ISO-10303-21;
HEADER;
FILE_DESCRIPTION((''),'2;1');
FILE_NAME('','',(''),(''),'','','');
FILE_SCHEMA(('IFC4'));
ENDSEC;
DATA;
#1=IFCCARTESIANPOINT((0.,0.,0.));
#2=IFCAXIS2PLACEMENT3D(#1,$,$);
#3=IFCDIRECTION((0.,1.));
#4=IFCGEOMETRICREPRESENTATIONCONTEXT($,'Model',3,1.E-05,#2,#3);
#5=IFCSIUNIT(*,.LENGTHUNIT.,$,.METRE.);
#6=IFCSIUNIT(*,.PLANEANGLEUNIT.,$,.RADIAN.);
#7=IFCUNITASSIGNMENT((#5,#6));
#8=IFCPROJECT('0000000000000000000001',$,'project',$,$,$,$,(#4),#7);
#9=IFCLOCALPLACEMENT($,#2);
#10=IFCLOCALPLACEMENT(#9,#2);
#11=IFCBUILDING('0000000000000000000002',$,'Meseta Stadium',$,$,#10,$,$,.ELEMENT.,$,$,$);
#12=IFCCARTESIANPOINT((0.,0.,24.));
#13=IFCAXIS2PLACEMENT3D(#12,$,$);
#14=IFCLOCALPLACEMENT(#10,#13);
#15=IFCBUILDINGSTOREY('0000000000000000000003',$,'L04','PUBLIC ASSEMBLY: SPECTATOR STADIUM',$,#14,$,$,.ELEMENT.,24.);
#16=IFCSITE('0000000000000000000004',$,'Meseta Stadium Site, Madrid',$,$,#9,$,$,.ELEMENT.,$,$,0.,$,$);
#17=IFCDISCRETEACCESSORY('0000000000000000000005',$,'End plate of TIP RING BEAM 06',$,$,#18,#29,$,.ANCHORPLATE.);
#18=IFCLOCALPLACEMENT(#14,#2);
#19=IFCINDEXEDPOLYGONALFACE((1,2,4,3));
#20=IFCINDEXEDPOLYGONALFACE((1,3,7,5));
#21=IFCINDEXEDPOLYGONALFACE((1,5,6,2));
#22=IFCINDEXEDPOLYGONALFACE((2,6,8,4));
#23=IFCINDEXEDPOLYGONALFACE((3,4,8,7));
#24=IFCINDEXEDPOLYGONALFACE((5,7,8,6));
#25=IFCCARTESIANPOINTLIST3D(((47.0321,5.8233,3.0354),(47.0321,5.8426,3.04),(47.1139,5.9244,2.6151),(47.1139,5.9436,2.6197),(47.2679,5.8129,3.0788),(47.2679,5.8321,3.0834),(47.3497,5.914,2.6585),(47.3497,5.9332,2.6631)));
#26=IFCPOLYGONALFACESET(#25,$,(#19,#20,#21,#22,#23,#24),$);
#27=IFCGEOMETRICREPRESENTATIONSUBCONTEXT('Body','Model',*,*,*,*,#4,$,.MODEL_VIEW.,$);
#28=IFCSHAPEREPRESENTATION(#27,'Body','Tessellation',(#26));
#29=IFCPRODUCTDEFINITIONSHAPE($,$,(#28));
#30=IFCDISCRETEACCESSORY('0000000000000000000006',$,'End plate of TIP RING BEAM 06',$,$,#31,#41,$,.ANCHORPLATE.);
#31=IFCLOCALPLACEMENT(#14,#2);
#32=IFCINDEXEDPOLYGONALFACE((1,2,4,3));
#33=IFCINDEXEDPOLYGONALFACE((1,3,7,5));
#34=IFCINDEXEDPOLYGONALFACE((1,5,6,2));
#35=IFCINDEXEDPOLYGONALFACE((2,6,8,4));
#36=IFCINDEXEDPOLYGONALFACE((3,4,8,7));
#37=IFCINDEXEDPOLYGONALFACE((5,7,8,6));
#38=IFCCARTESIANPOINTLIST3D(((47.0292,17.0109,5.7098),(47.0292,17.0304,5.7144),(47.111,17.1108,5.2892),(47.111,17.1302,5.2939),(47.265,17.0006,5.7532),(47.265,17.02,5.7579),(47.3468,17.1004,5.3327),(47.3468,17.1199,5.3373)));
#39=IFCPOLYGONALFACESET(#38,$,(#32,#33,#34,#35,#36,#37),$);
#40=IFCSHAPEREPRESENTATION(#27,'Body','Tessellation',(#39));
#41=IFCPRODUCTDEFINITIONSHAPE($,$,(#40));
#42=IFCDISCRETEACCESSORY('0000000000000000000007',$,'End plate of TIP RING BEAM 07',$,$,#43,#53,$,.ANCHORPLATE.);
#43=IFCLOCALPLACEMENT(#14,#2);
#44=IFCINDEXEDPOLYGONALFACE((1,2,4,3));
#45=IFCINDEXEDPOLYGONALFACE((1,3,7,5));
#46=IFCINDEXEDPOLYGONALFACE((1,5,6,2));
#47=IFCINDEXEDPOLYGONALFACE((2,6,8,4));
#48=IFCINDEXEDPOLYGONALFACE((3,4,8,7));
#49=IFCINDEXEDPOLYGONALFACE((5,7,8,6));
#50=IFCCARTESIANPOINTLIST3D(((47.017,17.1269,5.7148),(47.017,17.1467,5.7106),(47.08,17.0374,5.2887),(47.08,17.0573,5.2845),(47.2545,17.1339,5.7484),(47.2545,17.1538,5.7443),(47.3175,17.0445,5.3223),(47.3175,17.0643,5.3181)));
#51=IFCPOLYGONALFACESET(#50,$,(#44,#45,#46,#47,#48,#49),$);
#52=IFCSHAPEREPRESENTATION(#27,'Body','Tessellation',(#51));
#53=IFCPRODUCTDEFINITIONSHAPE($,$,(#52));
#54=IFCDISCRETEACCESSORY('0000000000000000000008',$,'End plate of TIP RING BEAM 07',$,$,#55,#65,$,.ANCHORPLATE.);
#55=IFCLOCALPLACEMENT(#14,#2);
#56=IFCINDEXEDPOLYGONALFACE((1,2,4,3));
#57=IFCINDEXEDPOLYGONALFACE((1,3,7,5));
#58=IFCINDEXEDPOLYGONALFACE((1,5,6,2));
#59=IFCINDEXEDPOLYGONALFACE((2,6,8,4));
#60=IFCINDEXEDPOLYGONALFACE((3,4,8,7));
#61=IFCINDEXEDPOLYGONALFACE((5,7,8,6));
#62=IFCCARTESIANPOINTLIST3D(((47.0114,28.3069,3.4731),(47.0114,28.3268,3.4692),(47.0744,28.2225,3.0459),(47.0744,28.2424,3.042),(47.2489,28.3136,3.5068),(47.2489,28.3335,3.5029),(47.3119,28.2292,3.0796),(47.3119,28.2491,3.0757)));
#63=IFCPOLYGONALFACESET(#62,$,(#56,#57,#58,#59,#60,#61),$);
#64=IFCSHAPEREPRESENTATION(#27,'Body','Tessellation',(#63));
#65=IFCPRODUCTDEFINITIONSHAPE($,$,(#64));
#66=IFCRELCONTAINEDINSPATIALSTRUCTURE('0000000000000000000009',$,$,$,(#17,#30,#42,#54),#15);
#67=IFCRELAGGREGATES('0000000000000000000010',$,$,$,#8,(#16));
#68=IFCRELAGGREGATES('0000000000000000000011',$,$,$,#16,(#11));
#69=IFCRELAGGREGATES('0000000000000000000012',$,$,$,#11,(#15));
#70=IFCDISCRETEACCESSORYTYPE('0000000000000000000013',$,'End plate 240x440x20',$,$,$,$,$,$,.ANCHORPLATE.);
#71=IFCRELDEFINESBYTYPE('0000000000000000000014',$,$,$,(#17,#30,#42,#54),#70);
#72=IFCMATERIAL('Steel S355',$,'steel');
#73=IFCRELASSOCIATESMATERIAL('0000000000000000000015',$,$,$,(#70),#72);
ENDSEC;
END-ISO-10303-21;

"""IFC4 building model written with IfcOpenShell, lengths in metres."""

from ifc_helpers import new_model, si_unit, direction, frame, origin, origin_2d, place, context, subcontext, project, spatial, rectangle, extrude, material, material_profile, profile_set, type_object, element, save


model = new_model("IFC4")

# Units and contexts
model_context = context("Model", 3, precision=1e-05, world=origin(), true_north=direction((0.0, 1.0)))
body_context = subcontext(model_context, "Body", "Model", "MODEL_VIEW")
ifc_project = project(units=[si_unit("LENGTHUNIT", "METRE"), si_unit("PLANEANGLEUNIT", "RADIAN")], contexts=[model_context])

# Site, building, storey
site_placement = place(None, origin())
site = spatial("IfcSite", under=ifc_project, at=site_placement, Name="Meseta Stadium Site, Madrid", CompositionType="ELEMENT", RefElevation=0.0)
building_placement = place(site_placement, origin())
building = spatial("IfcBuilding", under=site, at=building_placement, Name="Meseta Stadium", CompositionType="ELEMENT")
storey_placement = place(building_placement, frame((0.0, 0.0, 24.0)))
storey = spatial("IfcBuildingStorey", under=building, at=storey_placement, Name="L04", Description="PUBLIC ASSEMBLY: SPECTATOR STADIUM", CompositionType="ELEMENT", Elevation=24.0)

# Discrete accessories
ifc_material_1 = material(Name="Steel S355", Category="steel")
ifc_material_profile_1 = material_profile(ifc_material_1, rectangle(XDim=0.24, YDim=0.4399, at=origin_2d()), Name="PL 240x440")
ifc_profile_set_1 = profile_set([ifc_material_profile_1], Name="Steel S355")
discrete_accessory_type_1 = type_object("IfcDiscreteAccessoryType", Name="End plate 240x440x20", PredefinedType="ANCHORPLATE", material=ifc_profile_set_1)
discrete_accessory_1_placement = place(storey_placement, frame((47.1909, 5.8687, 2.8469), z_axis=(0.0, 0.972275, 0.233838), x_axis=(-0.982543, 0.043502, -0.180876)))
element("IfcDiscreteAccessory", 1, at=discrete_accessory_1_placement, inside=storey, type_object=discrete_accessory_type_1, Name="End plate of TIP RING BEAM 06", PredefinedType="ANCHORPLATE", context=body_context, shape_type="SweptSolid", body=[
    extrude(rectangle(XDim=0.24, YDim=0.4399, at=origin_2d()), origin(), (0.0, 0.0, 1.0), 0.0198),
])
discrete_accessory_2_placement = place(storey_placement, frame((47.188, 17.0557, 5.5212), z_axis=(0.0, 0.972937, 0.231072), x_axis=(-0.982543, 0.042987, -0.180999)))
element("IfcDiscreteAccessory", 2, at=discrete_accessory_2_placement, inside=storey, type_object=discrete_accessory_type_1, Name="End plate of TIP RING BEAM 06", PredefinedType="ANCHORPLATE", context=body_context, shape_type="SweptSolid", body=[
    extrude(rectangle(XDim=0.24, YDim=0.4399, at=origin_2d()), origin(), (0.0, 0.0, 1.0), 0.02),
])
for number, where, z_axis, x_axis, name in (
    (3, (47.1672, 17.0857, 5.5186), (0.0, 0.978678, -0.205402), (-0.989692, -0.029416, -0.140158), "End plate of TIP RING BEAM 07"),
    (4, (47.1616, 28.2681, 3.2764), (0.0, 0.981044, -0.193786), (-0.989692, -0.027753, -0.140497), "End plate of TIP RING BEAM 07"),
):
    element("IfcDiscreteAccessory", number, at=place(storey_placement, frame(where, z_axis=z_axis, x_axis=x_axis)), inside=storey, type_object=discrete_accessory_type_1, Name=name, PredefinedType="ANCHORPLATE", context=body_context, shape_type="SweptSolid", body=[
        extrude(rectangle(XDim=0.24, YDim=0.4399, at=origin_2d()), origin(), (0.0, 0.0, 1.0), 0.0203),
    ])

save(model, "model.ifc")
